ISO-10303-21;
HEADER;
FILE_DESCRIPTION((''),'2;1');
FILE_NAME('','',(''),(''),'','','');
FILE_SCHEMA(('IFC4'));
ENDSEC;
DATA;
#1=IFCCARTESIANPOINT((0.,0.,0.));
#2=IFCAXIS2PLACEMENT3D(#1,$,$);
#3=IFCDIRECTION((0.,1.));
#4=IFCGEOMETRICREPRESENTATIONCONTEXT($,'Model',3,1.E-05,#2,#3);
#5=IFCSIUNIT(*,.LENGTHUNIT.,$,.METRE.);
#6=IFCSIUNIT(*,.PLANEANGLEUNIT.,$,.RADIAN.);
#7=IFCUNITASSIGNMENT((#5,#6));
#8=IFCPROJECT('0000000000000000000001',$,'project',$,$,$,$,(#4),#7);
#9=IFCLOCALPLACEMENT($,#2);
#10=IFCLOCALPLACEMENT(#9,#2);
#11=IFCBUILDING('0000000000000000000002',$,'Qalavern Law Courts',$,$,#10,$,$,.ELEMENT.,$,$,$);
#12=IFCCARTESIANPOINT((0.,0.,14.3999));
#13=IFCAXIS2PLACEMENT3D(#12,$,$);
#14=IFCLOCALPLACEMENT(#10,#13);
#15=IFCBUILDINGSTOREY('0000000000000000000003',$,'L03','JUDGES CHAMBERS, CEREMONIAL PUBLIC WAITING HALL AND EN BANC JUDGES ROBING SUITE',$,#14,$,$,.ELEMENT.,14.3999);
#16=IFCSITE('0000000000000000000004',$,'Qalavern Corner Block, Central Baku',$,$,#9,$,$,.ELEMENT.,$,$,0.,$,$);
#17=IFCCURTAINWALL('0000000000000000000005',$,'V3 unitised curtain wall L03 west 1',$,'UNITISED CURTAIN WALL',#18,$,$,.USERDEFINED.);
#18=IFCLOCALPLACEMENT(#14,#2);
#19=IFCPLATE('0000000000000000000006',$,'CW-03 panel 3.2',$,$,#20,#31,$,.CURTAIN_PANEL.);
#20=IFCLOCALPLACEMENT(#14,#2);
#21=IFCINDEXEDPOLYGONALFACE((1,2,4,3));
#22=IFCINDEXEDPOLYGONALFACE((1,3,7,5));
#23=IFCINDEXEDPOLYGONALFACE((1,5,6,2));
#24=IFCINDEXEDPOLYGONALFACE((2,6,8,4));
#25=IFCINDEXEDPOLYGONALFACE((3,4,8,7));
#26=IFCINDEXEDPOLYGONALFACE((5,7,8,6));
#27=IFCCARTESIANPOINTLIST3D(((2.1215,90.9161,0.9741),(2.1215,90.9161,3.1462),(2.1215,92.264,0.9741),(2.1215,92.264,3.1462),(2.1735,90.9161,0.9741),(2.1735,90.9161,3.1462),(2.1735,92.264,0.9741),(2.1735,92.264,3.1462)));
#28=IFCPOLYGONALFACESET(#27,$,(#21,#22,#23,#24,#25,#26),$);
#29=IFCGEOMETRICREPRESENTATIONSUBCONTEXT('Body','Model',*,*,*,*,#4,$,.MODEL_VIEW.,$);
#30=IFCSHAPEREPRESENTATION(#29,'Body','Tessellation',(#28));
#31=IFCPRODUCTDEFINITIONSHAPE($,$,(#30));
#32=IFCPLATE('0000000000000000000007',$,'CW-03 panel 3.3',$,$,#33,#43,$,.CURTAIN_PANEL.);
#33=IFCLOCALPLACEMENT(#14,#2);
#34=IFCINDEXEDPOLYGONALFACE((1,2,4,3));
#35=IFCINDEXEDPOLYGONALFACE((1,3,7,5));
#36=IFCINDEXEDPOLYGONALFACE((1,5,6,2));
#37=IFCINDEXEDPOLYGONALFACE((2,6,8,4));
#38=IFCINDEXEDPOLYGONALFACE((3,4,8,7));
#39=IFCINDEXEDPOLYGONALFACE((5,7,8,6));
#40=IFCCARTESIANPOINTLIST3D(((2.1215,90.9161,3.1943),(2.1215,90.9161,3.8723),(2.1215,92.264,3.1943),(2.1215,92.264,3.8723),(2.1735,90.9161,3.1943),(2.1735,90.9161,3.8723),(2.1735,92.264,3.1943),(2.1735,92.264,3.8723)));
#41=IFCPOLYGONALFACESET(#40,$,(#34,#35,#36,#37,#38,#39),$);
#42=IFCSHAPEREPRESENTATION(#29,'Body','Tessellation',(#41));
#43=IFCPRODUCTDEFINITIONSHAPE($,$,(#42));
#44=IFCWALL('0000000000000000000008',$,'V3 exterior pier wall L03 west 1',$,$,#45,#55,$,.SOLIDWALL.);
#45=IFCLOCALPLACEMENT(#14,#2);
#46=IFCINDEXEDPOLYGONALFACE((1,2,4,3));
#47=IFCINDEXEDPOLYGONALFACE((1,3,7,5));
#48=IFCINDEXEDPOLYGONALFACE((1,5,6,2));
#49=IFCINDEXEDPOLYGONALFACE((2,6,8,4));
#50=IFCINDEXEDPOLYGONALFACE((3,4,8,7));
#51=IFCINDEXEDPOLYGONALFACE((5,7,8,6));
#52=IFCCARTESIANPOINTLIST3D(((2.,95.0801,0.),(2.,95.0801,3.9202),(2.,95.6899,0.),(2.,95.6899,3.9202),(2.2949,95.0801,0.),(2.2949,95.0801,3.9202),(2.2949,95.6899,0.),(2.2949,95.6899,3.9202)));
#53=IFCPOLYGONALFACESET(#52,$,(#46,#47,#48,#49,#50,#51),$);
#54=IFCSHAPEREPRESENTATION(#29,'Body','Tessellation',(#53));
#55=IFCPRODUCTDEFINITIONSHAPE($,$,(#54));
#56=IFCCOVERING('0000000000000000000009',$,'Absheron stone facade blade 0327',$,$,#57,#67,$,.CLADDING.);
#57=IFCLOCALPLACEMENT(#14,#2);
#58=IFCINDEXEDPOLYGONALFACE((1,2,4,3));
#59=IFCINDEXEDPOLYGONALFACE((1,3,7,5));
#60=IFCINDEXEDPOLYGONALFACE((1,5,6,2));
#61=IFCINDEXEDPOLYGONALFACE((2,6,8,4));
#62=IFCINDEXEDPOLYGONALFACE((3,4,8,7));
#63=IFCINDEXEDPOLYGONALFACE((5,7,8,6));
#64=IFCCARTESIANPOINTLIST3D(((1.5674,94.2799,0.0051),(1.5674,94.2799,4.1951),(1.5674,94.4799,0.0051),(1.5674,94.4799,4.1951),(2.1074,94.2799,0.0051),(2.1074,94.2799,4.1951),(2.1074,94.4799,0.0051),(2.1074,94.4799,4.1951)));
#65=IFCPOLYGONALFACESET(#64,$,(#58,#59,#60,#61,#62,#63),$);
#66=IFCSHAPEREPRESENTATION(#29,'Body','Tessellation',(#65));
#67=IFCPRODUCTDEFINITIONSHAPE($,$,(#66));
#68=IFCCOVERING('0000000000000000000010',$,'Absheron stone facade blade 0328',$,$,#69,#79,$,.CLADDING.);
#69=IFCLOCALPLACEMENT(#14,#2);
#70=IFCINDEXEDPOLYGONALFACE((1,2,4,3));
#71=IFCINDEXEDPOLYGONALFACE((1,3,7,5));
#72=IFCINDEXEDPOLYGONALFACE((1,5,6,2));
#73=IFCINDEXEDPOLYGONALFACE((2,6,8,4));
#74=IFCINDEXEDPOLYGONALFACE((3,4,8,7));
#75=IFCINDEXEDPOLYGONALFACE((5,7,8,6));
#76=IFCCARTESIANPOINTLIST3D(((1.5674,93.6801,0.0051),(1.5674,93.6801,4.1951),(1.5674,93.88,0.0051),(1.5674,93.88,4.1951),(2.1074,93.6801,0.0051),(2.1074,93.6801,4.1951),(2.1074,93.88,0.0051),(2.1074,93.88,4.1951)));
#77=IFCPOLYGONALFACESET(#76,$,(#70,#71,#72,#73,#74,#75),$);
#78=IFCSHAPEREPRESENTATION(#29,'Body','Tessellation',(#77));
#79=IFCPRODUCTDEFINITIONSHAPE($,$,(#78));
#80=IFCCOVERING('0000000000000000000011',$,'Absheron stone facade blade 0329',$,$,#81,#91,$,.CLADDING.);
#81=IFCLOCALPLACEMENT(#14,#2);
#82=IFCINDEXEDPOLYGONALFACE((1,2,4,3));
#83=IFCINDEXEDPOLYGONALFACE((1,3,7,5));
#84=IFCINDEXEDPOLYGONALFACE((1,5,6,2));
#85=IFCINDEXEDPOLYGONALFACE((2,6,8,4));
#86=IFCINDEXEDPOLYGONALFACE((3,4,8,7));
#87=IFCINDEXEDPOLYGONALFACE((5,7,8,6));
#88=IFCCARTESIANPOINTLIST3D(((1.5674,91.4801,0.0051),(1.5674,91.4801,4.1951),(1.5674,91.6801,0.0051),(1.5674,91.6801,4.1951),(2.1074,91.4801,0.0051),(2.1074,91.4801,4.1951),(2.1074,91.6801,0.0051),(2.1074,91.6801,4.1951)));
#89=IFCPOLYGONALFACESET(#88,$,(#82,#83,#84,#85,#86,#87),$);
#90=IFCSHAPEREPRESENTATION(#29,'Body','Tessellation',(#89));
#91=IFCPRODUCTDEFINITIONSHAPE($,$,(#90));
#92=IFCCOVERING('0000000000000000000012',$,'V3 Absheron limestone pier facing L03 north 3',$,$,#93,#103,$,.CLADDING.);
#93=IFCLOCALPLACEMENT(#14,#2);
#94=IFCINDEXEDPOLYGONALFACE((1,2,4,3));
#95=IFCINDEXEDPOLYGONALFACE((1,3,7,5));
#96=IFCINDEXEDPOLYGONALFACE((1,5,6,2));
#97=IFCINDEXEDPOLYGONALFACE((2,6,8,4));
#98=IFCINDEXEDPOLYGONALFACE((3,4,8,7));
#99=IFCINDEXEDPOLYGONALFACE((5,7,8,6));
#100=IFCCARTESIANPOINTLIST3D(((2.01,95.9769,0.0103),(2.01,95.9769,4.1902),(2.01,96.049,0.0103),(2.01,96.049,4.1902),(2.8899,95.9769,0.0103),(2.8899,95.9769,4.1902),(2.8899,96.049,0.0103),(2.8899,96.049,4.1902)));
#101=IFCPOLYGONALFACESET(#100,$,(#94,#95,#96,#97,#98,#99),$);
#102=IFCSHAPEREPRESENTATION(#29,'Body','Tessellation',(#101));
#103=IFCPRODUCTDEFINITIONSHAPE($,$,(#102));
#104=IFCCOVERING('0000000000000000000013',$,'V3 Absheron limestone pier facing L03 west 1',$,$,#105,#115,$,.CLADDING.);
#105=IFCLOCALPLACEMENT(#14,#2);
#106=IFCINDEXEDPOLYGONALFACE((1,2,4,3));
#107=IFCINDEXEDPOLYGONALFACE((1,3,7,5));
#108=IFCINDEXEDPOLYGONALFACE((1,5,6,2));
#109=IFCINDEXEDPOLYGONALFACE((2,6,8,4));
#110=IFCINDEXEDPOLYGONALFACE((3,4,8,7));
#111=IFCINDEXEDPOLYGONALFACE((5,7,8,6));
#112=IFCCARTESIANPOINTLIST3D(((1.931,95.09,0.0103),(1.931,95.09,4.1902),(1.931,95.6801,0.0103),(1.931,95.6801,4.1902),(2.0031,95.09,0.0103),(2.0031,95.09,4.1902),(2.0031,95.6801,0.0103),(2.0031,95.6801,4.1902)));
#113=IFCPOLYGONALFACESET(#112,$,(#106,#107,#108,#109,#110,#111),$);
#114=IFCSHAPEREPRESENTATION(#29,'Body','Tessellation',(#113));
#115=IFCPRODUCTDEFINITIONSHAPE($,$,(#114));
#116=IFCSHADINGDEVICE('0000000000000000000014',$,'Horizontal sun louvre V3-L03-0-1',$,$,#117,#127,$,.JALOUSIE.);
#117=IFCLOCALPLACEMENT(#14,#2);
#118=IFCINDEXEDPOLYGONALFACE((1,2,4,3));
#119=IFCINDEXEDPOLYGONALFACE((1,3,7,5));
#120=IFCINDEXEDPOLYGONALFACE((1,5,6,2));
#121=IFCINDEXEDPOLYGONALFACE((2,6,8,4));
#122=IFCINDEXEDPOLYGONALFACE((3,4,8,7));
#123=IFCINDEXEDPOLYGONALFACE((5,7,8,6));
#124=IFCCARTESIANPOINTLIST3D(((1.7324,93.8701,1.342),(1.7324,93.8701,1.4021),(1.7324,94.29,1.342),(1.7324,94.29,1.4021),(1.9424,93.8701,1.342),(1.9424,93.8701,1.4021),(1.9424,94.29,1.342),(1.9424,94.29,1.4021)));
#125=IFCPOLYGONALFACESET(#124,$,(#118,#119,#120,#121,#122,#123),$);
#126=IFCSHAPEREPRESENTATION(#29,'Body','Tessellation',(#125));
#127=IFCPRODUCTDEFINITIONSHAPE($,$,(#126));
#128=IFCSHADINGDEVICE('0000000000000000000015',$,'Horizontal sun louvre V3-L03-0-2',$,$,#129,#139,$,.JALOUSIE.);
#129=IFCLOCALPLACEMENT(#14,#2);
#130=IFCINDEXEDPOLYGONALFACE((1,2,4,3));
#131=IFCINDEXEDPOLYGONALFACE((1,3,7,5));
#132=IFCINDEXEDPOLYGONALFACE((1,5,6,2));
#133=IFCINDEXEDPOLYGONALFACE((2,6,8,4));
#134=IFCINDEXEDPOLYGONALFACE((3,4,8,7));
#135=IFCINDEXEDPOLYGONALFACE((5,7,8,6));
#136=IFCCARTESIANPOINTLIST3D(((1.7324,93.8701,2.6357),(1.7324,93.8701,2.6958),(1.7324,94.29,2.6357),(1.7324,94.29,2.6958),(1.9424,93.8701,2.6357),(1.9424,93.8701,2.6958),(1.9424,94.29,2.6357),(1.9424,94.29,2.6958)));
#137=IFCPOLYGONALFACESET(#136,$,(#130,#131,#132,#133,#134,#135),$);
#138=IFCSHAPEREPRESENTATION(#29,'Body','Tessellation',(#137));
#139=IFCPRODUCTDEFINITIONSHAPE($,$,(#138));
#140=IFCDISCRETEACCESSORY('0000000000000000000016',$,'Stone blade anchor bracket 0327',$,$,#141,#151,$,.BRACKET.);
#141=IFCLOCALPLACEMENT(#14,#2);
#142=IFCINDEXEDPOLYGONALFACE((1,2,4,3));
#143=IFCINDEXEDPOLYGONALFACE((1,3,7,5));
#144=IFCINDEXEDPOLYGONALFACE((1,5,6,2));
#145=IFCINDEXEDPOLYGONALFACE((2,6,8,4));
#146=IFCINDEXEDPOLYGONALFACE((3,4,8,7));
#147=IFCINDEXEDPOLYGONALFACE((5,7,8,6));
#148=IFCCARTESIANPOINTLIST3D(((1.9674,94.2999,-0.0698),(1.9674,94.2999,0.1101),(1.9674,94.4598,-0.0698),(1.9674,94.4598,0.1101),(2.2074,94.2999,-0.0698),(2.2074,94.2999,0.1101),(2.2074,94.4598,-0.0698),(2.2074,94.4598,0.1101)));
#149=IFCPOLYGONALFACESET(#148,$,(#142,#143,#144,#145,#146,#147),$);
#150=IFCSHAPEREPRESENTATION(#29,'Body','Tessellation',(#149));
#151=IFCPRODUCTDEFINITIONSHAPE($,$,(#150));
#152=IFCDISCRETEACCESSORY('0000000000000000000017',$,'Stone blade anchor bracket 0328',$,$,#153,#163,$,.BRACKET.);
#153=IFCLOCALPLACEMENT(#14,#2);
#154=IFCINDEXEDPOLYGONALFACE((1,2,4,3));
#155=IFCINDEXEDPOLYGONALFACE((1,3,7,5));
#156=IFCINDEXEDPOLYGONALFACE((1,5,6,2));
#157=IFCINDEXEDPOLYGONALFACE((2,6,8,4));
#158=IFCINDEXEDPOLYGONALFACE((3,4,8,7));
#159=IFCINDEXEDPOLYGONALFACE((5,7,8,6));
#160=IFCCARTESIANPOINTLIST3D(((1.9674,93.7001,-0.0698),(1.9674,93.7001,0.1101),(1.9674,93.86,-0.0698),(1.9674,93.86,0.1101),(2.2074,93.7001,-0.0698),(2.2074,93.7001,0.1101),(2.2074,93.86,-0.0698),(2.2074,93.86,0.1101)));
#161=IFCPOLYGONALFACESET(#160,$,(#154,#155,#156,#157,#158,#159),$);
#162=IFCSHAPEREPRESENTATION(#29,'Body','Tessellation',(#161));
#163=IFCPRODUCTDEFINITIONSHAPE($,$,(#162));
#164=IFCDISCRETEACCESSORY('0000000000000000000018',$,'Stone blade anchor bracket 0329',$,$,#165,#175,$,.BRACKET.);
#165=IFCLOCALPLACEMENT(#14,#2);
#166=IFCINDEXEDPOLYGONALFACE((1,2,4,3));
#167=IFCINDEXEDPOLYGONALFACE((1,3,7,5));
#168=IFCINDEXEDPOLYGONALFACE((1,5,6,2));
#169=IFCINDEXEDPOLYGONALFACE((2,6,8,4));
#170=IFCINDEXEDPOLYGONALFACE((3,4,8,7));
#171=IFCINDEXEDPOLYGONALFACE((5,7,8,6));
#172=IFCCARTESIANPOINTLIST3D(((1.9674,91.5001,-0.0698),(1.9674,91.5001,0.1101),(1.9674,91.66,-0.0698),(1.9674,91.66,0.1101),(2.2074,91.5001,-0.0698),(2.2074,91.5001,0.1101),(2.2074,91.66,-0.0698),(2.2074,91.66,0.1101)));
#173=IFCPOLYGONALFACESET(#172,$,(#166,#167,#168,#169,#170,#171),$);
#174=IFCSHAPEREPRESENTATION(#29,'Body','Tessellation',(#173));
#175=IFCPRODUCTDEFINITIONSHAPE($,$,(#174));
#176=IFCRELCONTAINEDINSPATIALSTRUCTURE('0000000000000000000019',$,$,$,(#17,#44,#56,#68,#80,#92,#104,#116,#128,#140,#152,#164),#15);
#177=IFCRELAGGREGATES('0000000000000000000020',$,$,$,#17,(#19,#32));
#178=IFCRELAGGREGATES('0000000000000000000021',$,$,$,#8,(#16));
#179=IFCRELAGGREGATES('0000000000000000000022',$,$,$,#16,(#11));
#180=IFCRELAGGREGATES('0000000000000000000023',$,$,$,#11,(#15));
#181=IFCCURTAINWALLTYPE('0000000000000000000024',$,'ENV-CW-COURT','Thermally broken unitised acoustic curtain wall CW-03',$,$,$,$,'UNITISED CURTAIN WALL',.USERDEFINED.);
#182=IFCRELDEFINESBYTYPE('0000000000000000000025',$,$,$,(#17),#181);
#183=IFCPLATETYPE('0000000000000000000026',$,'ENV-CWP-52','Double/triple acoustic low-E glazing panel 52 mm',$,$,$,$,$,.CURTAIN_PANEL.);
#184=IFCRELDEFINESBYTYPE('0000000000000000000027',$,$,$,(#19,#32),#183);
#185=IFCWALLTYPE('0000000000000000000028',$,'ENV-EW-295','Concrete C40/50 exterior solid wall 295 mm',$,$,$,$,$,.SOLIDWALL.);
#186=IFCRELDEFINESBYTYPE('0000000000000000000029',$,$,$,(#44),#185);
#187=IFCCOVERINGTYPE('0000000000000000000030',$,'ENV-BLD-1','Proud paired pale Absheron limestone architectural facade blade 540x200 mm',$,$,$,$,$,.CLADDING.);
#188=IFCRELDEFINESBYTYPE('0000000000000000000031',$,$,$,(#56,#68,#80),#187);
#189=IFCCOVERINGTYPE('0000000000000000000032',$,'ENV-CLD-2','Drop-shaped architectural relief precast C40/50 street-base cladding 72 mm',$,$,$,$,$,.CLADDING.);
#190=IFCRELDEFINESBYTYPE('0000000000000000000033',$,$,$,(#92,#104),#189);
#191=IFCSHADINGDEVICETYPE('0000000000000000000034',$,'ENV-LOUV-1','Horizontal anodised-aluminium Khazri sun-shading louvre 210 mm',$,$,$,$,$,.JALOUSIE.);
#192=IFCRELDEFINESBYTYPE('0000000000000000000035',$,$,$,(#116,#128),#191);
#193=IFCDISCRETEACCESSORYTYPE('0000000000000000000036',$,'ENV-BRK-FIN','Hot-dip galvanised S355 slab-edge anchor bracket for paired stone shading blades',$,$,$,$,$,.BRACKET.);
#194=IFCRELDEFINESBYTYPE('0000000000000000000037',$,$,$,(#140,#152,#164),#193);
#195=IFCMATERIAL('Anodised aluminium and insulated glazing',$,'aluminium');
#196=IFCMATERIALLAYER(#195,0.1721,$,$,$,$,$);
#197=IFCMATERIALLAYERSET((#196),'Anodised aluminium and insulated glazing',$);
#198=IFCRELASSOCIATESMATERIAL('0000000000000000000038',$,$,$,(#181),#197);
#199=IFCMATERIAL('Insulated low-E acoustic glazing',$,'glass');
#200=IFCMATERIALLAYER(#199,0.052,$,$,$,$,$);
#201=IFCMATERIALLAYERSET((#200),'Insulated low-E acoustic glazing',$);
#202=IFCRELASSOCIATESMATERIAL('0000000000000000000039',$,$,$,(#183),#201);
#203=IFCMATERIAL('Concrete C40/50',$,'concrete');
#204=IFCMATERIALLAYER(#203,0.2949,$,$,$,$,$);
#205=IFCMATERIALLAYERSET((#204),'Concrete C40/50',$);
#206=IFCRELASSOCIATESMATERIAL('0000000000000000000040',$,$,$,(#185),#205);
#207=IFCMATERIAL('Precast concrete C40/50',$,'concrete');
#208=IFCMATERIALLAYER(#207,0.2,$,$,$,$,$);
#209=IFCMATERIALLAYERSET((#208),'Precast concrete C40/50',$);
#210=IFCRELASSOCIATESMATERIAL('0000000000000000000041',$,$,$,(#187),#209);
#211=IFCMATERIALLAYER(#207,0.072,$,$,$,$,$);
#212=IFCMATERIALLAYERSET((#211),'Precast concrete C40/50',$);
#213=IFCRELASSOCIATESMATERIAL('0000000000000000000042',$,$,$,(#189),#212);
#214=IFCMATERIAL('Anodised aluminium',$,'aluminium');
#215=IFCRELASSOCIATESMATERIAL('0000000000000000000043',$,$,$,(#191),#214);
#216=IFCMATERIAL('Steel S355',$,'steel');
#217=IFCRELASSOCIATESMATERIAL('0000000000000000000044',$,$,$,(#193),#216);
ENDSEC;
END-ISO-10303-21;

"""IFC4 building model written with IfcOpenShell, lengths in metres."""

from ifc_helpers import new_model, si_unit, direction, frame, frame_2d, origin, origin_2d, place, context, subcontext, project, spatial, rectangle, extrude, material, layer, layer_set, type_object, element, aggregate, save


model = new_model("IFC4")

# Units and contexts
model_context = context("Model", 3, precision=1e-05, world=origin(), true_north=direction((0.0, 1.0)))
body_context = subcontext(model_context, "Body", "Model", "MODEL_VIEW")
ifc_project = project(units=[si_unit("LENGTHUNIT", "METRE"), si_unit("PLANEANGLEUNIT", "RADIAN")], contexts=[model_context])

# Site, building, storey
site_placement = place(None, origin())
site = spatial("IfcSite", under=ifc_project, at=site_placement, Name="Qalavern Corner Block, Central Baku", CompositionType="ELEMENT", RefElevation=0.0)
building_placement = place(site_placement, origin())
building = spatial("IfcBuilding", under=site, at=building_placement, Name="Qalavern Law Courts", CompositionType="ELEMENT")
storey_placement = place(building_placement, frame((0.0, 0.0, 14.3999)))
storey = spatial("IfcBuildingStorey", under=building, at=storey_placement, Name="L03", Description="JUDGES CHAMBERS, CEREMONIAL PUBLIC WAITING HALL AND EN BANC JUDGES ROBING SUITE", CompositionType="ELEMENT", Elevation=14.3999)

# Curtain wall
ifc_material_1 = material(Name="Anodised aluminium and insulated glazing", Category="aluminium")
ifc_layer_1 = layer(ifc_material_1, 0.1721)
ifc_layer_set_1 = layer_set([ifc_layer_1], Name="Anodised aluminium and insulated glazing")
curtain_wall_type = type_object("IfcCurtainWallType", Name="ENV-CW-COURT", Description="Thermally broken unitised acoustic curtain wall CW-03", ElementType="UNITISED CURTAIN WALL", PredefinedType="USERDEFINED", material=ifc_layer_set_1)
curtain_wall_placement = place(storey_placement, origin())
curtain_wall = element("IfcCurtainWall", 1, at=curtain_wall_placement, inside=storey, type_object=curtain_wall_type, Name="V3 unitised curtain wall L03 west 1", ObjectType="UNITISED CURTAIN WALL", PredefinedType="USERDEFINED")
ifc_material_2 = material(Name="Anodised aluminium", Category="aluminium")

# Shared definitions
ifc_material_3 = material(Name="Concrete C40/50", Category="concrete")

# Plates
ifc_material_4 = material(Name="Insulated low-E acoustic glazing", Category="glass")
ifc_layer_2 = layer(ifc_material_4, 0.052)
ifc_layer_set_2 = layer_set([ifc_layer_2], Name="Insulated low-E acoustic glazing")
plate_type = type_object("IfcPlateType", Name="ENV-CWP-52", Description="Double/triple acoustic low-E glazing panel 52 mm", PredefinedType="CURTAIN_PANEL", material=ifc_layer_set_2)
plate_1_placement = place(storey_placement, frame((2.1475, 91.5901, 0.9741), z_axis=(0.0, 0.0, 1.0), x_axis=(0.0, -1.0, 0.0)))
plate_1 = element("IfcPlate", 2, at=plate_1_placement, type_object=plate_type, Name="CW-03 panel 3.2", PredefinedType="CURTAIN_PANEL", context=body_context, shape_type="SweptSolid", body=[
    extrude(rectangle(XDim=1.3479, YDim=0.052, at=origin_2d()), origin(), (0.0, 0.0, 1.0), 2.1721),
])
plate_2_placement = place(storey_placement, frame((2.1475, 91.5901, 3.1943), z_axis=(0.0, 0.0, 1.0), x_axis=(0.0, -1.0, 0.0)))
plate_2 = element("IfcPlate", 3, at=plate_2_placement, type_object=plate_type, Name="CW-03 panel 3.3", PredefinedType="CURTAIN_PANEL", context=body_context, shape_type="SweptSolid", body=[
    extrude(rectangle(XDim=1.3479, YDim=0.052, at=origin_2d()), origin(), (0.0, 0.0, 1.0), 0.678),
])
aggregate(curtain_wall, [plate_1, plate_2])

# Wall
ifc_layer_3 = layer(ifc_material_3, 0.2949)
ifc_layer_set_3 = layer_set([ifc_layer_3], Name="Concrete C40/50")
wall_type = type_object("IfcWallType", Name="ENV-EW-295", Description="Concrete C40/50 exterior solid wall 295 mm", PredefinedType="SOLIDWALL", material=ifc_layer_set_3)
wall_placement = place(storey_placement, frame((2.1475, 95.6899, 0.0), z_axis=(0.0, 0.0, 1.0), x_axis=(0.0, -1.0, 0.0)))
element("IfcWall", 4, at=wall_placement, inside=storey, type_object=wall_type, Name="V3 exterior pier wall L03 west 1", PredefinedType="SOLIDWALL", context=body_context, shape_type="SweptSolid", body=[
    extrude(rectangle(XDim=0.6099, YDim=0.2949, at=frame_2d((0.3049, 0.0))), origin(), (0.0, 0.0, 1.0), 3.9202),
])

# Coverings
ifc_material_5 = material(Name="Precast concrete C40/50", Category="concrete")
ifc_layer_4 = layer(ifc_material_5, 0.2)
ifc_layer_set_4 = layer_set([ifc_layer_4], Name="Precast concrete C40/50")
covering_type_1 = type_object("IfcCoveringType", Name="ENV-BLD-1", Description="Proud paired pale Absheron limestone architectural facade blade 540x200 mm", PredefinedType="CLADDING", material=ifc_layer_set_4)
for number, where, z_axis, x_axis, name in (
    (5, (1.8374, 94.3799, 0.0051), (0.0, 0.0, 1.0), (-1.0, 0.0, 0.0), "Absheron stone facade blade 0327"),
    (6, (1.8374, 93.78, 0.0051), (0.0, 0.0, 1.0), (-1.0, 0.0, 0.0), "Absheron stone facade blade 0328"),
    (7, (1.8374, 91.5801, 0.0051), (0.0, 0.0, 1.0), (-1.0, 0.0, 0.0), "Absheron stone facade blade 0329"),
):
    element("IfcCovering", number, at=place(storey_placement, frame(where, z_axis=z_axis, x_axis=x_axis)), inside=storey, type_object=covering_type_1, Name=name, PredefinedType="CLADDING", context=body_context, shape_type="SweptSolid", body=[
        extrude(rectangle(XDim=0.54, YDim=0.2, at=origin_2d()), origin(), (0.0, 0.0, 1.0), 4.1899),
    ])
ifc_layer_5 = layer(ifc_material_5, 0.072)
ifc_layer_set_5 = layer_set([ifc_layer_5], Name="Precast concrete C40/50")
covering_type_2 = type_object("IfcCoveringType", Name="ENV-CLD-2", Description="Drop-shaped architectural relief precast C40/50 street-base cladding 72 mm", PredefinedType="CLADDING", material=ifc_layer_set_5)
covering_1_placement = place(storey_placement, frame((2.45, 96.0129, 0.0103), z_axis=(0.0, 0.0, 1.0), x_axis=(-1.0, 0.0, 0.0)))
element("IfcCovering", 8, at=covering_1_placement, inside=storey, type_object=covering_type_2, Name="V3 Absheron limestone pier facing L03 north 3", PredefinedType="CLADDING", context=body_context, shape_type="SweptSolid", body=[
    extrude(rectangle(XDim=0.8799, YDim=0.072, at=origin_2d()), origin(), (0.0, 0.0, 1.0), 4.1799),
])
covering_2_placement = place(storey_placement, frame((1.967, 95.385, 0.0103), z_axis=(0.0, 0.0, 1.0), x_axis=(0.0, -1.0, 0.0)))
element("IfcCovering", 9, at=covering_2_placement, inside=storey, type_object=covering_type_2, Name="V3 Absheron limestone pier facing L03 west 1", PredefinedType="CLADDING", context=body_context, shape_type="SweptSolid", body=[
    extrude(rectangle(XDim=0.5901, YDim=0.072, at=origin_2d()), origin(), (0.0, 0.0, 1.0), 4.1799),
])

# Shading devices
shading_device_type = type_object("IfcShadingDeviceType", Name="ENV-LOUV-1", Description="Horizontal anodised-aluminium Khazri sun-shading louvre 210 mm", PredefinedType="JALOUSIE", material=ifc_material_2)
for number, where, z_axis, x_axis, name in (
    (10, (1.8374, 94.0801, 1.342), (0.0, 0.0, 1.0), (0.0, -1.0, 0.0), "Horizontal sun louvre V3-L03-0-1"),
    (11, (1.8374, 94.0801, 2.6357), (0.0, 0.0, 1.0), (0.0, -1.0, 0.0), "Horizontal sun louvre V3-L03-0-2"),
):
    element("IfcShadingDevice", number, at=place(storey_placement, frame(where, z_axis=z_axis, x_axis=x_axis)), inside=storey, type_object=shading_device_type, Name=name, PredefinedType="JALOUSIE", context=body_context, shape_type="SweptSolid", body=[
        extrude(rectangle(XDim=0.4199, YDim=0.21, at=origin_2d()), origin(), (0.0, 0.0, 1.0), 0.0601),
    ])

# Discrete accessories
ifc_material_6 = material(Name="Steel S355", Category="steel")
discrete_accessory_type = type_object("IfcDiscreteAccessoryType", Name="ENV-BRK-FIN", Description="Hot-dip galvanised S355 slab-edge anchor bracket for paired stone shading blades", PredefinedType="BRACKET", material=ifc_material_6)
for number, where, z_axis, x_axis, name in (
    (12, (2.0874, 94.3799, -0.0698), (0.0, 0.0, 1.0), (-1.0, 0.0, 0.0), "Stone blade anchor bracket 0327"),
    (13, (2.0874, 93.78, -0.0698), (0.0, 0.0, 1.0), (-1.0, 0.0, 0.0), "Stone blade anchor bracket 0328"),
    (14, (2.0874, 91.5801, -0.0698), (0.0, 0.0, 1.0), (-1.0, 0.0, 0.0), "Stone blade anchor bracket 0329"),
):
    element("IfcDiscreteAccessory", number, at=place(storey_placement, frame(where, z_axis=z_axis, x_axis=x_axis)), inside=storey, type_object=discrete_accessory_type, Name=name, PredefinedType="BRACKET", context=body_context, shape_type="SweptSolid", body=[
        extrude(rectangle(XDim=0.24, YDim=0.1599, at=origin_2d()), origin(), (0.0, 0.0, 1.0), 0.1799),
    ])

save(model, "model.ifc")
